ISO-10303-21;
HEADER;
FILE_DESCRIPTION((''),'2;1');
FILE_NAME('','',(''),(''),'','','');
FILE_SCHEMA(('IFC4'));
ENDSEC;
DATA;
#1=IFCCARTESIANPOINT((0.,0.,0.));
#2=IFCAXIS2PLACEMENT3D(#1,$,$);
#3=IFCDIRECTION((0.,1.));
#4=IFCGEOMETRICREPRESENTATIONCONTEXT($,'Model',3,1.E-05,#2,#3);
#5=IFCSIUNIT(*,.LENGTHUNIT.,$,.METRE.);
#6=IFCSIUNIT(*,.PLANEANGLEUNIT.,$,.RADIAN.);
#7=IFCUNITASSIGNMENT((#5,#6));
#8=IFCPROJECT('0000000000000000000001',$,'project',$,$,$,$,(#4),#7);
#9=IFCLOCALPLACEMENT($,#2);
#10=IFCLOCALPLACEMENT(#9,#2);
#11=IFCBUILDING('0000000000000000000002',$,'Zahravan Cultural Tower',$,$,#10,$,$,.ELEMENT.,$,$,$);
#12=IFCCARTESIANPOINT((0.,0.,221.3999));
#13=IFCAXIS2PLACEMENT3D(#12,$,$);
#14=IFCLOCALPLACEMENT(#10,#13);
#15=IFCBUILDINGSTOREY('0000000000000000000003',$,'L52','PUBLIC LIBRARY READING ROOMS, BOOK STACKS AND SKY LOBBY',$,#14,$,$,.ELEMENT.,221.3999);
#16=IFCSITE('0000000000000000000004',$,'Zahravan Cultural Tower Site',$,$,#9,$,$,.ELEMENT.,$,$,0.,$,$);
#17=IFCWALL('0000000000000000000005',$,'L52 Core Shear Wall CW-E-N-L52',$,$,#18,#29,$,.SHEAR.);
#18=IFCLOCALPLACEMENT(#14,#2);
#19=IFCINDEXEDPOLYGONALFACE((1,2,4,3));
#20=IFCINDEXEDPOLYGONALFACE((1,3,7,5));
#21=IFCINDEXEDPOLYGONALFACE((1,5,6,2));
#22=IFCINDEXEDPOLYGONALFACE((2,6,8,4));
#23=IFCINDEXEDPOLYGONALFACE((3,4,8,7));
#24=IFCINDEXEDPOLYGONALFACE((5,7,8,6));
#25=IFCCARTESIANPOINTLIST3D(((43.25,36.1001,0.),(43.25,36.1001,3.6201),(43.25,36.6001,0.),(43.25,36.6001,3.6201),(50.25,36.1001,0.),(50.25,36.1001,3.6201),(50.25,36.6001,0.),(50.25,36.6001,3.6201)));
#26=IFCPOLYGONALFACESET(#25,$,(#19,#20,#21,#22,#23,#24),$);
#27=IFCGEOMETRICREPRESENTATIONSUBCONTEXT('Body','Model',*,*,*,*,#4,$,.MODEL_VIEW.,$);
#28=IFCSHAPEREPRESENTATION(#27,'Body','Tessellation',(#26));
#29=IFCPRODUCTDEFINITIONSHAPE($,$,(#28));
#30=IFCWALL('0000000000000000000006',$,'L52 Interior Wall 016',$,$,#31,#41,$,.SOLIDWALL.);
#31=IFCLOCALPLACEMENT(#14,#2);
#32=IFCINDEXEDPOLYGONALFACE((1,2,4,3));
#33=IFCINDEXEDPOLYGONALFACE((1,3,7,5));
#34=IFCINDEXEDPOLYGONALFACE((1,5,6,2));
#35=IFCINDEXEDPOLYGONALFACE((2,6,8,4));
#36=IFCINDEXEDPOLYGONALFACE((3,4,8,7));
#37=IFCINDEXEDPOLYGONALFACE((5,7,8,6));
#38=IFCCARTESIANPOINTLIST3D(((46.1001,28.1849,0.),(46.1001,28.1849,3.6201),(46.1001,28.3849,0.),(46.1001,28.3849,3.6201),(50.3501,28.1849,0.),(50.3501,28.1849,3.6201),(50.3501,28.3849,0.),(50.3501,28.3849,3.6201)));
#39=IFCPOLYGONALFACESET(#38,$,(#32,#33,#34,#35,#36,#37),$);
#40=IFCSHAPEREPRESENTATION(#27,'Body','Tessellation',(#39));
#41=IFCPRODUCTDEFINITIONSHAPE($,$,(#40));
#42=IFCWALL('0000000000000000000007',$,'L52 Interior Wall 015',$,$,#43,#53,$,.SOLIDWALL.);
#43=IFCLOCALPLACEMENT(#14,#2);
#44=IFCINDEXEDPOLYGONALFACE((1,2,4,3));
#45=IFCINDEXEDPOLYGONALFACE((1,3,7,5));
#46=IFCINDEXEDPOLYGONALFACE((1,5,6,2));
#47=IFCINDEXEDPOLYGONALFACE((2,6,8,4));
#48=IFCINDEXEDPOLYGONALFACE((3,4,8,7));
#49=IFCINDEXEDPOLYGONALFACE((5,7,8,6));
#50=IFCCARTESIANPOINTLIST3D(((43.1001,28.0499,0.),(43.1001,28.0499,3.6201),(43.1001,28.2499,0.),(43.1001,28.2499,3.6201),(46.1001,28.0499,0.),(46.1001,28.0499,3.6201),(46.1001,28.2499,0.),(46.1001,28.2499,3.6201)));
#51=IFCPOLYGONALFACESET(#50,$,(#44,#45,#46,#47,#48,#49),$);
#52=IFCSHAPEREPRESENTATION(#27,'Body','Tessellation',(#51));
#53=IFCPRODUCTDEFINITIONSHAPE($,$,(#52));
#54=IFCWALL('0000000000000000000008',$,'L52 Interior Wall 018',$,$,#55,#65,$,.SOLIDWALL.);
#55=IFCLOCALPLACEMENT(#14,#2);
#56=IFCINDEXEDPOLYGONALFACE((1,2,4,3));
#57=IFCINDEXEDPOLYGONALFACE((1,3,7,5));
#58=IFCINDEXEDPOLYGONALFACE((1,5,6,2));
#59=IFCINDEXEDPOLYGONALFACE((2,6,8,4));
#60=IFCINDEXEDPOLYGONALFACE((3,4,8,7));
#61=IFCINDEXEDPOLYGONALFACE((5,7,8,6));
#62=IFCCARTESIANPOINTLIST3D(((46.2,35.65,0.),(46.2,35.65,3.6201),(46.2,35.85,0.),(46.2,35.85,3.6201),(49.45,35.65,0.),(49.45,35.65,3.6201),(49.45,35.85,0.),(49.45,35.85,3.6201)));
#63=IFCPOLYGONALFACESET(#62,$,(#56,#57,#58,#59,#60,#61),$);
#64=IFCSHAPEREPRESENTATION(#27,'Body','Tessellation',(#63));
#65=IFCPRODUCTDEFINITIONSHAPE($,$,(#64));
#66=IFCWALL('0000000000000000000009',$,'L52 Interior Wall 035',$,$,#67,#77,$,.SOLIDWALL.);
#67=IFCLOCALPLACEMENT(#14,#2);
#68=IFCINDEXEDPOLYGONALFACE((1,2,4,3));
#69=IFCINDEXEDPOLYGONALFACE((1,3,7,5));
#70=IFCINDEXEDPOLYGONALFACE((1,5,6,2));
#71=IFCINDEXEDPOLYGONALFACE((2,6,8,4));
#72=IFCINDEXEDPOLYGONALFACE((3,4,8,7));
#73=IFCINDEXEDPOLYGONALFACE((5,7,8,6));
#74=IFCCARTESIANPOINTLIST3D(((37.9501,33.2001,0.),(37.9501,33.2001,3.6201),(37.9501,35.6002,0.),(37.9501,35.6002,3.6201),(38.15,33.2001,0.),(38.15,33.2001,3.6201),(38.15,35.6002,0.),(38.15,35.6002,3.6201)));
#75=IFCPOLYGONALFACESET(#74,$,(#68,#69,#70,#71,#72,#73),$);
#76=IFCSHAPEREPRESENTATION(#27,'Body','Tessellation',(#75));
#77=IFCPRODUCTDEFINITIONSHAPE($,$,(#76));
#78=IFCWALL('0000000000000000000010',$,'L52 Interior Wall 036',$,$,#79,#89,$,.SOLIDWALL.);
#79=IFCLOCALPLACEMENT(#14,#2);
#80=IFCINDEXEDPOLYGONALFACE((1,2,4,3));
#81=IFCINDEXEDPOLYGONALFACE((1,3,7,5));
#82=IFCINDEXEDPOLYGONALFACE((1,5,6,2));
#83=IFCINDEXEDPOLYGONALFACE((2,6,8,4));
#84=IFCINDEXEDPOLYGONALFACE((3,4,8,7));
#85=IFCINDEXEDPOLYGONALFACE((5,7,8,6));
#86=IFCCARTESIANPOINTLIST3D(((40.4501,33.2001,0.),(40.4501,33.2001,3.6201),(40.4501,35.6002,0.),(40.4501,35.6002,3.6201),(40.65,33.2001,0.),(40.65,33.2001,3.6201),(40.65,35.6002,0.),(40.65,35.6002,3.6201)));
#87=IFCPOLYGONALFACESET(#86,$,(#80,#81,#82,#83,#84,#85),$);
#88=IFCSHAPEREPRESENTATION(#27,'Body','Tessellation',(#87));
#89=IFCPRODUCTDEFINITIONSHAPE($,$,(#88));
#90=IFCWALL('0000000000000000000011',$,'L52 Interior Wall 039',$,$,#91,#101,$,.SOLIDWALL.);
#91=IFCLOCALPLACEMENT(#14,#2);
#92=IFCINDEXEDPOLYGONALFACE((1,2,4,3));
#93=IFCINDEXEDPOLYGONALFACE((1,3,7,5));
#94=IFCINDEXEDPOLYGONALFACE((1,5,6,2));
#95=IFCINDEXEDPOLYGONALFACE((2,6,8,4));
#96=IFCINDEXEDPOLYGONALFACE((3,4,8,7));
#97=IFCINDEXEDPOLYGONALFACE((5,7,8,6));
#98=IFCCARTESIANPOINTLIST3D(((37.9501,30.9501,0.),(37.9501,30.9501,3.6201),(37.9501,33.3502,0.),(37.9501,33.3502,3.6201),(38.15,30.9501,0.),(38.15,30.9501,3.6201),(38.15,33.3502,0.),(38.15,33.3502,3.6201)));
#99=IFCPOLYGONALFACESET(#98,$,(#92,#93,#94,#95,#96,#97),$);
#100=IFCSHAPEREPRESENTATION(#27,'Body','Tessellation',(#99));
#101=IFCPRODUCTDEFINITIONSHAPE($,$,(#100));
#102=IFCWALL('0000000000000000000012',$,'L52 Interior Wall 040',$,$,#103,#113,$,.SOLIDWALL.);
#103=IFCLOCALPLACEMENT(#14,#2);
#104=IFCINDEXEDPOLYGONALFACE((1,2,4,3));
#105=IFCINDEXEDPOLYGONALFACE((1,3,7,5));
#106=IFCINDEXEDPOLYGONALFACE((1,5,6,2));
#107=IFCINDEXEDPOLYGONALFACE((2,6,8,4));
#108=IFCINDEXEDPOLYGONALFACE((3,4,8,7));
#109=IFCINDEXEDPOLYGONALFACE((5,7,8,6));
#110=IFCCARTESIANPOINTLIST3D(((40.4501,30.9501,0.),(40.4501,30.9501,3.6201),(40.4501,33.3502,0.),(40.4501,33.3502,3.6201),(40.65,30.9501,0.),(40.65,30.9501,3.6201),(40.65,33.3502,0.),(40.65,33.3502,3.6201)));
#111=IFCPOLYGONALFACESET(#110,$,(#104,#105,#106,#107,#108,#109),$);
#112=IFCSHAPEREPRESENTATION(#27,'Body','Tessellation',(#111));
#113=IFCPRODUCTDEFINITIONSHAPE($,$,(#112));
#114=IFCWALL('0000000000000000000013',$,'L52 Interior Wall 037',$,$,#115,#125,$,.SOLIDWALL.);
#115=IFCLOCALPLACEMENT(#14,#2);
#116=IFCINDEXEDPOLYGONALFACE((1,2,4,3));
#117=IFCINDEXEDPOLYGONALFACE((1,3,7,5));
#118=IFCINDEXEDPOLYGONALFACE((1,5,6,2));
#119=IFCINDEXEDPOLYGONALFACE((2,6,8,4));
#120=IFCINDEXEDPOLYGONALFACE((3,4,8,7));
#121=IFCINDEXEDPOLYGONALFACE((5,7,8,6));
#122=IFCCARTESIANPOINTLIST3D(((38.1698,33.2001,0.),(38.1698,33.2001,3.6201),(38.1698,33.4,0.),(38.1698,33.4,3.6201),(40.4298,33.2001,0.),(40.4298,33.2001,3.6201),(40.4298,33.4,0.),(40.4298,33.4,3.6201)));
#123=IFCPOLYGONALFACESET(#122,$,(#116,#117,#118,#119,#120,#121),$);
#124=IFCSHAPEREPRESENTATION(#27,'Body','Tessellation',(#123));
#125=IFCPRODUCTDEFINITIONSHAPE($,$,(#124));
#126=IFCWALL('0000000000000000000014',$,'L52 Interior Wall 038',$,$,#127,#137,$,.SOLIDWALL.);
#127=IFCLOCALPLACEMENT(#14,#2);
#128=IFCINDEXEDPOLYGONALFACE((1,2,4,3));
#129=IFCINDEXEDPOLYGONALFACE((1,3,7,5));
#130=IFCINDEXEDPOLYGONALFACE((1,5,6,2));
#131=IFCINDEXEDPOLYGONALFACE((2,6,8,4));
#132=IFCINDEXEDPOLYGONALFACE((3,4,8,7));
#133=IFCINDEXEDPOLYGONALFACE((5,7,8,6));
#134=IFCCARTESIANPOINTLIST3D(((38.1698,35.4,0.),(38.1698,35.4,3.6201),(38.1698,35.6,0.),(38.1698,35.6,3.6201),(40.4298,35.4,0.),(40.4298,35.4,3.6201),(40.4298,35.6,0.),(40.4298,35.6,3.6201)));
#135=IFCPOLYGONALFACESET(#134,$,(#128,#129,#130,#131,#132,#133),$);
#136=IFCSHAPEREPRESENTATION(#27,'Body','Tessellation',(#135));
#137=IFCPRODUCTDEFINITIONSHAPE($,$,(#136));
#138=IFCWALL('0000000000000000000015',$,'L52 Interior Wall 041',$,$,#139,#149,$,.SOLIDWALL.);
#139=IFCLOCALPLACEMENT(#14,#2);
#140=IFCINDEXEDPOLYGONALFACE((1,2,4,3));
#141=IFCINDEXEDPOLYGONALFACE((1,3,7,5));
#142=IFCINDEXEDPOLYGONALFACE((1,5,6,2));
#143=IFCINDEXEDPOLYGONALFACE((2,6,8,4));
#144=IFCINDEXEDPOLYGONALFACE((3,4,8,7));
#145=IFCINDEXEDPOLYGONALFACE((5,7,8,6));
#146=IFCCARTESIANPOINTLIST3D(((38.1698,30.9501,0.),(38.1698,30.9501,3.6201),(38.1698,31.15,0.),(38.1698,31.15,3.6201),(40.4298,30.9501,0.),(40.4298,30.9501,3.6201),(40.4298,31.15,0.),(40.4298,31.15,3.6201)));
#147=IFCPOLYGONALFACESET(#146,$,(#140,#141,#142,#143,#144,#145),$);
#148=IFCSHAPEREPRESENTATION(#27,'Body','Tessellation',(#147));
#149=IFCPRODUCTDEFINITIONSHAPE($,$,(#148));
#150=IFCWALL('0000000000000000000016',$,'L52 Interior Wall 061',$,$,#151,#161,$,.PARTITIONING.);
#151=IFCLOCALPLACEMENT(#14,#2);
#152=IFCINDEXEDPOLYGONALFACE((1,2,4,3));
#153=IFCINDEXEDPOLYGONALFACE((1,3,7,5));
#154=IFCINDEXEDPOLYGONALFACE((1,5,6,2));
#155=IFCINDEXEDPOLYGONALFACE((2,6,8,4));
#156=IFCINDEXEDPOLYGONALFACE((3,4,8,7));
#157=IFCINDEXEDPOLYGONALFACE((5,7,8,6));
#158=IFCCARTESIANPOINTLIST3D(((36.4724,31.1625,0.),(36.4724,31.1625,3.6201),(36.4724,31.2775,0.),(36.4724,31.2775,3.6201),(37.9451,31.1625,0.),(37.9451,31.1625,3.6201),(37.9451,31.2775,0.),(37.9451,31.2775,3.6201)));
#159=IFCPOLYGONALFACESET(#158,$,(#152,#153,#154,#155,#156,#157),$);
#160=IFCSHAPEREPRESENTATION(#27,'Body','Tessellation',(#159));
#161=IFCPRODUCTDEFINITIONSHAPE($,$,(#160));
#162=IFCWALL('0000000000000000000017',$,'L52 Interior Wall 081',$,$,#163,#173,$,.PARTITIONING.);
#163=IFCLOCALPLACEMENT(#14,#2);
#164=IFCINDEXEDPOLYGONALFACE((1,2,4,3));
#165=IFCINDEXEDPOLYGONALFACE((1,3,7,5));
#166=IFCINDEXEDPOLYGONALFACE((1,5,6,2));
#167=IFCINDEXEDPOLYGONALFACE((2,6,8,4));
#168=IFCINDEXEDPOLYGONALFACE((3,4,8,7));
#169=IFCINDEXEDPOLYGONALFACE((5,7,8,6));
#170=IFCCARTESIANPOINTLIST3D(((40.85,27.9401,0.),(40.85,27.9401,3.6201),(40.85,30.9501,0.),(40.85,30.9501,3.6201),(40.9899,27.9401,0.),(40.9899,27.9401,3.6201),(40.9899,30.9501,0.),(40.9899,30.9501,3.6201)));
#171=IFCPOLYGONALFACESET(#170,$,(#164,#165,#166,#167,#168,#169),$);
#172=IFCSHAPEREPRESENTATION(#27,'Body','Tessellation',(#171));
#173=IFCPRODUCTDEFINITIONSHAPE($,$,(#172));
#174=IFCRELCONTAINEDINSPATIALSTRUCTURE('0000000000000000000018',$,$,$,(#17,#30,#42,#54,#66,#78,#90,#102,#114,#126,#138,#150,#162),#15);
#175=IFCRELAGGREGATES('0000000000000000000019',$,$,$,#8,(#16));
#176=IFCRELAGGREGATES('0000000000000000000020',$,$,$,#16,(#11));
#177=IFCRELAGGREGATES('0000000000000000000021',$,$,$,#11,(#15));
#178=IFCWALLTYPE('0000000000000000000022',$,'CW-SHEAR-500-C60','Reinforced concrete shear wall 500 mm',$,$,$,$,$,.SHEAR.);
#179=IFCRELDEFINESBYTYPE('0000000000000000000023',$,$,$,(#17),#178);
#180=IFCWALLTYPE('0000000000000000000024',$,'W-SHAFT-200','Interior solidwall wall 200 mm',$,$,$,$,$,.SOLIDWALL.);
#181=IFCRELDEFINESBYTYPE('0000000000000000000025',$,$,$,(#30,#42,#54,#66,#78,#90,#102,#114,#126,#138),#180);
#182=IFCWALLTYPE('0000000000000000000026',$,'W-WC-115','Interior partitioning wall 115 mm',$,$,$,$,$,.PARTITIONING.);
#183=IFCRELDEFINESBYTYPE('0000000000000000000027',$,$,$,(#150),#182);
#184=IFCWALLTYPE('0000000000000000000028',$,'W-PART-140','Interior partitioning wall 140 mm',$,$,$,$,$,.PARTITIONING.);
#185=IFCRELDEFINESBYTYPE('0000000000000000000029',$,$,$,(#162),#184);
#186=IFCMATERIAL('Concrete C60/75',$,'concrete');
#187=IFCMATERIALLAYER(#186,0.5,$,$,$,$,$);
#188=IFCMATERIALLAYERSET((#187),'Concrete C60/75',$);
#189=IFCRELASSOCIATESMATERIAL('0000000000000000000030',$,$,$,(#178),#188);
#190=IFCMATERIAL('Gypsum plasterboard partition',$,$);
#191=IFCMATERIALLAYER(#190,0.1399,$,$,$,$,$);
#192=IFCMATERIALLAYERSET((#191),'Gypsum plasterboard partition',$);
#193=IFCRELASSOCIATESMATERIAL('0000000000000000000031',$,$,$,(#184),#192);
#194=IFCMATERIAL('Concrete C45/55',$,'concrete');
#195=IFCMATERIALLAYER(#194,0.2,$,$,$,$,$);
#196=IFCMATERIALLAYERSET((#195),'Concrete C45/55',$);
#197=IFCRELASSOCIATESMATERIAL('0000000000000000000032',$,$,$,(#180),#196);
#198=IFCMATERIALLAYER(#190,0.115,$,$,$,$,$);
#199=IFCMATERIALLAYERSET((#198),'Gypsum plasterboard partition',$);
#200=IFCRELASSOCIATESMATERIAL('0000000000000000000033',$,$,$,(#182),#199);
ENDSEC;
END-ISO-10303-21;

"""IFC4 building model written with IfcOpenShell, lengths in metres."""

from ifc_helpers import new_model, si_unit, direction, frame, frame_2d, origin, place, context, subcontext, project, spatial, rectangle, extrude, source, transform, mapped, material, layer, layer_set, type_object, element, save


model = new_model("IFC4")

# Units and contexts
model_context = context("Model", 3, precision=1e-05, world=origin(), true_north=direction((0.0, 1.0)))
body_context = subcontext(model_context, "Body", "Model", "MODEL_VIEW")
ifc_project = project(units=[si_unit("LENGTHUNIT", "METRE"), si_unit("PLANEANGLEUNIT", "RADIAN")], contexts=[model_context])

# Site, building, storey
site_placement = place(None, origin())
site = spatial("IfcSite", under=ifc_project, at=site_placement, Name="Zahravan Cultural Tower Site", CompositionType="ELEMENT", RefElevation=0.0)
building_placement = place(site_placement, origin())
building = spatial("IfcBuilding", under=site, at=building_placement, Name="Zahravan Cultural Tower", CompositionType="ELEMENT")
storey_placement = place(building_placement, frame((0.0, 0.0, 221.3999)))
storey = spatial("IfcBuildingStorey", under=building, at=storey_placement, Name="L52", Description="PUBLIC LIBRARY READING ROOMS, BOOK STACKS AND SKY LOBBY", CompositionType="ELEMENT", Elevation=221.3999)

# Shared definitions
ifc_material_1 = material(Name="Concrete C60/75", Category="concrete")
ifc_layer_1 = layer(ifc_material_1, 0.5)
ifc_layer_set_1 = layer_set([ifc_layer_1], Name="Concrete C60/75")
wall_type_1 = type_object("IfcWallType", Name="CW-SHEAR-500-C60", Description="Reinforced concrete shear wall 500 mm", PredefinedType="SHEAR", material=ifc_layer_set_1)
ifc_material_2 = material(Name="Gypsum plasterboard partition")
ifc_layer_2 = layer(ifc_material_2, 0.1399)
ifc_layer_set_2 = layer_set([ifc_layer_2], Name="Gypsum plasterboard partition")
wall_type_2 = type_object("IfcWallType", Name="W-PART-140", Description="Interior partitioning wall 140 mm", PredefinedType="PARTITIONING", material=ifc_layer_set_2)
ifc_material_3 = material(Name="Concrete C45/55", Category="concrete")
ifc_layer_3 = layer(ifc_material_3, 0.2)
ifc_layer_set_3 = layer_set([ifc_layer_3], Name="Concrete C45/55")
wall_type_3 = type_object("IfcWallType", Name="W-SHAFT-200", Description="Interior solidwall wall 200 mm", PredefinedType="SOLIDWALL", material=ifc_layer_set_3)

# Walls
shared_shape_1 = source(origin(), body_context, "Body", "SweptSolid", [
    extrude(rectangle(XDim=7.0, YDim=0.5, at=frame_2d((3.5, 0.0))), origin(), (0.0, 0.0, 1.0), 3.6201),
])
wall_1_placement = place(storey_placement, frame((43.25, 36.3501, 0.0), z_axis=(0.0, 0.0, 1.0), x_axis=(1.0, 0.0, 0.0)))
element("IfcWall", 1, at=wall_1_placement, inside=storey, type_object=wall_type_1, Name="L52 Core Shear Wall CW-E-N-L52", PredefinedType="SHEAR", context=body_context, shape_type="MappedRepresentation", body=[
    mapped(shared_shape_1, transform((0.0, 0.0, 0.0), x_axis=(1.0, 0.0, 0.0), y_axis=(0.0, 1.0, 0.0), z_axis=(0.0, 0.0, 1.0), scale=1.0)),
])
shared_shape_2 = source(origin(), body_context, "Body", "SweptSolid", [
    extrude(rectangle(XDim=4.25, YDim=0.2, at=frame_2d((2.125, 0.0))), origin(), (0.0, 0.0, 1.0), 3.6201),
])
wall_2_placement = place(storey_placement, frame((46.1001, 28.2849, 0.0), z_axis=(0.0, 0.0, 1.0), x_axis=(1.0, 0.0, 0.0)))
element("IfcWall", 2, at=wall_2_placement, inside=storey, type_object=wall_type_3, Name="L52 Interior Wall 016", PredefinedType="SOLIDWALL", context=body_context, shape_type="MappedRepresentation", body=[
    mapped(shared_shape_2, transform((0.0, 0.0, 0.0), x_axis=(1.0, 0.0, 0.0), y_axis=(0.0, 1.0, 0.0), z_axis=(0.0, 0.0, 1.0), scale=1.0)),
])
shared_shape_3 = source(origin(), body_context, "Body", "SweptSolid", [
    extrude(rectangle(XDim=3.0, YDim=0.2, at=frame_2d((1.5, 0.0))), origin(), (0.0, 0.0, 1.0), 3.6201),
])
wall_3_placement = place(storey_placement, frame((43.1001, 28.1499, 0.0), z_axis=(0.0, 0.0, 1.0), x_axis=(1.0, 0.0, 0.0)))
element("IfcWall", 3, at=wall_3_placement, inside=storey, type_object=wall_type_3, Name="L52 Interior Wall 015", PredefinedType="SOLIDWALL", context=body_context, shape_type="MappedRepresentation", body=[
    mapped(shared_shape_3, transform((0.0, 0.0, 0.0), x_axis=(1.0, 0.0, 0.0), y_axis=(0.0, 1.0, 0.0), z_axis=(0.0, 0.0, 1.0), scale=1.0)),
])
shared_shape_4 = source(origin(), body_context, "Body", "SweptSolid", [
    extrude(rectangle(XDim=3.25, YDim=0.2, at=frame_2d((1.625, 0.0))), origin(), (0.0, 0.0, 1.0), 3.6201),
])
wall_4_placement = place(storey_placement, frame((46.2, 35.75, 0.0), z_axis=(0.0, 0.0, 1.0), x_axis=(1.0, 0.0, 0.0)))
element("IfcWall", 4, at=wall_4_placement, inside=storey, type_object=wall_type_3, Name="L52 Interior Wall 018", PredefinedType="SOLIDWALL", context=body_context, shape_type="MappedRepresentation", body=[
    mapped(shared_shape_4, transform((0.0, 0.0, 0.0), x_axis=(1.0, 0.0, 0.0), y_axis=(0.0, 1.0, 0.0), z_axis=(0.0, 0.0, 1.0), scale=1.0)),
])
shared_shape_5 = source(origin(), body_context, "Body", "SweptSolid", [
    extrude(rectangle(XDim=2.4001, YDim=0.2, at=frame_2d((1.2002, 0.0))), origin(), (0.0, 0.0, 1.0), 3.6201),
])
for number, where, z_axis, x_axis, name in (
    (5, (38.05, 33.2, 0.0), (0.0, 0.0, 1.0), (0.0, 1.0, 0.0), "L52 Interior Wall 035"),
    (6, (40.55, 33.2, 0.0), (0.0, 0.0, 1.0), (0.0, 1.0, 0.0), "L52 Interior Wall 036"),
    (7, (38.05, 30.95, 0.0), (0.0, 0.0, 1.0), (0.0, 1.0, 0.0), "L52 Interior Wall 039"),
    (8, (40.55, 30.95, 0.0), (0.0, 0.0, 1.0), (0.0, 1.0, 0.0), "L52 Interior Wall 040"),
):
    element("IfcWall", number, at=place(storey_placement, frame(where, z_axis=z_axis, x_axis=x_axis)), inside=storey, type_object=wall_type_3, Name=name, PredefinedType="SOLIDWALL", context=body_context, shape_type="MappedRepresentation", body=[
        mapped(shared_shape_5, transform((0.0, 0.0, 0.0), x_axis=(1.0, 0.0, 0.0), y_axis=(0.0, 1.0, 0.0), z_axis=(0.0, 0.0, 1.0), scale=1.0)),
    ])
shared_shape_6 = source(origin(), body_context, "Body", "SweptSolid", [
    extrude(rectangle(XDim=2.26, YDim=0.2, at=frame_2d((1.1299, 0.0))), origin(), (0.0, 0.0, 1.0), 3.6201),
])
for number, where, z_axis, x_axis, name in (
    (9, (38.1699, 33.3, 0.0), (0.0, 0.0, 1.0), (1.0, 0.0, 0.0), "L52 Interior Wall 037"),
    (10, (38.1699, 35.5, 0.0), (0.0, 0.0, 1.0), (1.0, 0.0, 0.0), "L52 Interior Wall 038"),
    (11, (38.1699, 31.05, 0.0), (0.0, 0.0, 1.0), (1.0, 0.0, 0.0), "L52 Interior Wall 041"),
):
    element("IfcWall", number, at=place(storey_placement, frame(where, z_axis=z_axis, x_axis=x_axis)), inside=storey, type_object=wall_type_3, Name=name, PredefinedType="SOLIDWALL", context=body_context, shape_type="MappedRepresentation", body=[
        mapped(shared_shape_6, transform((0.0, 0.0, 0.0), x_axis=(1.0, 0.0, 0.0), y_axis=(0.0, 1.0, 0.0), z_axis=(0.0, 0.0, 1.0), scale=1.0)),
    ])
ifc_layer_4 = layer(ifc_material_2, 0.115)
ifc_layer_set_4 = layer_set([ifc_layer_4], Name="Gypsum plasterboard partition")
wall_type_4 = type_object("IfcWallType", Name="W-WC-115", Description="Interior partitioning wall 115 mm", PredefinedType="PARTITIONING", material=ifc_layer_set_4)
shared_shape_7 = source(origin(), body_context, "Body", "SweptSolid", [
    extrude(rectangle(XDim=1.4727, YDim=0.115, at=frame_2d((0.7363, 0.0))), origin(), (0.0, 0.0, 1.0), 3.6201),
])
wall_5_placement = place(storey_placement, frame((37.9451, 31.22, 0.0), z_axis=(0.0, 0.0, 1.0), x_axis=(-1.0, 0.0, 0.0)))
element("IfcWall", 12, at=wall_5_placement, inside=storey, type_object=wall_type_4, Name="L52 Interior Wall 061", PredefinedType="PARTITIONING", context=body_context, shape_type="MappedRepresentation", body=[
    mapped(shared_shape_7, transform((0.0, 0.0, 0.0), x_axis=(1.0, 0.0, 0.0), y_axis=(0.0, 1.0, 0.0), z_axis=(0.0, 0.0, 1.0), scale=1.0)),
])
shared_shape_8 = source(origin(), body_context, "Body", "SweptSolid", [
    extrude(rectangle(XDim=3.01, YDim=0.1399, at=frame_2d((1.5049, 0.0))), origin(), (0.0, 0.0, 1.0), 3.6201),
])
wall_6_placement = place(storey_placement, frame((40.9199, 30.95, 0.0), z_axis=(0.0, 0.0, 1.0), x_axis=(0.0, -1.0, 0.0)))
element("IfcWall", 13, at=wall_6_placement, inside=storey, type_object=wall_type_2, Name="L52 Interior Wall 081", PredefinedType="PARTITIONING", context=body_context, shape_type="MappedRepresentation", body=[
    mapped(shared_shape_8, transform((0.0, 0.0, 0.0), x_axis=(1.0, 0.0, 0.0), y_axis=(0.0, 1.0, 0.0), z_axis=(0.0, 0.0, 1.0), scale=1.0)),
])

save(model, "model.ifc")
